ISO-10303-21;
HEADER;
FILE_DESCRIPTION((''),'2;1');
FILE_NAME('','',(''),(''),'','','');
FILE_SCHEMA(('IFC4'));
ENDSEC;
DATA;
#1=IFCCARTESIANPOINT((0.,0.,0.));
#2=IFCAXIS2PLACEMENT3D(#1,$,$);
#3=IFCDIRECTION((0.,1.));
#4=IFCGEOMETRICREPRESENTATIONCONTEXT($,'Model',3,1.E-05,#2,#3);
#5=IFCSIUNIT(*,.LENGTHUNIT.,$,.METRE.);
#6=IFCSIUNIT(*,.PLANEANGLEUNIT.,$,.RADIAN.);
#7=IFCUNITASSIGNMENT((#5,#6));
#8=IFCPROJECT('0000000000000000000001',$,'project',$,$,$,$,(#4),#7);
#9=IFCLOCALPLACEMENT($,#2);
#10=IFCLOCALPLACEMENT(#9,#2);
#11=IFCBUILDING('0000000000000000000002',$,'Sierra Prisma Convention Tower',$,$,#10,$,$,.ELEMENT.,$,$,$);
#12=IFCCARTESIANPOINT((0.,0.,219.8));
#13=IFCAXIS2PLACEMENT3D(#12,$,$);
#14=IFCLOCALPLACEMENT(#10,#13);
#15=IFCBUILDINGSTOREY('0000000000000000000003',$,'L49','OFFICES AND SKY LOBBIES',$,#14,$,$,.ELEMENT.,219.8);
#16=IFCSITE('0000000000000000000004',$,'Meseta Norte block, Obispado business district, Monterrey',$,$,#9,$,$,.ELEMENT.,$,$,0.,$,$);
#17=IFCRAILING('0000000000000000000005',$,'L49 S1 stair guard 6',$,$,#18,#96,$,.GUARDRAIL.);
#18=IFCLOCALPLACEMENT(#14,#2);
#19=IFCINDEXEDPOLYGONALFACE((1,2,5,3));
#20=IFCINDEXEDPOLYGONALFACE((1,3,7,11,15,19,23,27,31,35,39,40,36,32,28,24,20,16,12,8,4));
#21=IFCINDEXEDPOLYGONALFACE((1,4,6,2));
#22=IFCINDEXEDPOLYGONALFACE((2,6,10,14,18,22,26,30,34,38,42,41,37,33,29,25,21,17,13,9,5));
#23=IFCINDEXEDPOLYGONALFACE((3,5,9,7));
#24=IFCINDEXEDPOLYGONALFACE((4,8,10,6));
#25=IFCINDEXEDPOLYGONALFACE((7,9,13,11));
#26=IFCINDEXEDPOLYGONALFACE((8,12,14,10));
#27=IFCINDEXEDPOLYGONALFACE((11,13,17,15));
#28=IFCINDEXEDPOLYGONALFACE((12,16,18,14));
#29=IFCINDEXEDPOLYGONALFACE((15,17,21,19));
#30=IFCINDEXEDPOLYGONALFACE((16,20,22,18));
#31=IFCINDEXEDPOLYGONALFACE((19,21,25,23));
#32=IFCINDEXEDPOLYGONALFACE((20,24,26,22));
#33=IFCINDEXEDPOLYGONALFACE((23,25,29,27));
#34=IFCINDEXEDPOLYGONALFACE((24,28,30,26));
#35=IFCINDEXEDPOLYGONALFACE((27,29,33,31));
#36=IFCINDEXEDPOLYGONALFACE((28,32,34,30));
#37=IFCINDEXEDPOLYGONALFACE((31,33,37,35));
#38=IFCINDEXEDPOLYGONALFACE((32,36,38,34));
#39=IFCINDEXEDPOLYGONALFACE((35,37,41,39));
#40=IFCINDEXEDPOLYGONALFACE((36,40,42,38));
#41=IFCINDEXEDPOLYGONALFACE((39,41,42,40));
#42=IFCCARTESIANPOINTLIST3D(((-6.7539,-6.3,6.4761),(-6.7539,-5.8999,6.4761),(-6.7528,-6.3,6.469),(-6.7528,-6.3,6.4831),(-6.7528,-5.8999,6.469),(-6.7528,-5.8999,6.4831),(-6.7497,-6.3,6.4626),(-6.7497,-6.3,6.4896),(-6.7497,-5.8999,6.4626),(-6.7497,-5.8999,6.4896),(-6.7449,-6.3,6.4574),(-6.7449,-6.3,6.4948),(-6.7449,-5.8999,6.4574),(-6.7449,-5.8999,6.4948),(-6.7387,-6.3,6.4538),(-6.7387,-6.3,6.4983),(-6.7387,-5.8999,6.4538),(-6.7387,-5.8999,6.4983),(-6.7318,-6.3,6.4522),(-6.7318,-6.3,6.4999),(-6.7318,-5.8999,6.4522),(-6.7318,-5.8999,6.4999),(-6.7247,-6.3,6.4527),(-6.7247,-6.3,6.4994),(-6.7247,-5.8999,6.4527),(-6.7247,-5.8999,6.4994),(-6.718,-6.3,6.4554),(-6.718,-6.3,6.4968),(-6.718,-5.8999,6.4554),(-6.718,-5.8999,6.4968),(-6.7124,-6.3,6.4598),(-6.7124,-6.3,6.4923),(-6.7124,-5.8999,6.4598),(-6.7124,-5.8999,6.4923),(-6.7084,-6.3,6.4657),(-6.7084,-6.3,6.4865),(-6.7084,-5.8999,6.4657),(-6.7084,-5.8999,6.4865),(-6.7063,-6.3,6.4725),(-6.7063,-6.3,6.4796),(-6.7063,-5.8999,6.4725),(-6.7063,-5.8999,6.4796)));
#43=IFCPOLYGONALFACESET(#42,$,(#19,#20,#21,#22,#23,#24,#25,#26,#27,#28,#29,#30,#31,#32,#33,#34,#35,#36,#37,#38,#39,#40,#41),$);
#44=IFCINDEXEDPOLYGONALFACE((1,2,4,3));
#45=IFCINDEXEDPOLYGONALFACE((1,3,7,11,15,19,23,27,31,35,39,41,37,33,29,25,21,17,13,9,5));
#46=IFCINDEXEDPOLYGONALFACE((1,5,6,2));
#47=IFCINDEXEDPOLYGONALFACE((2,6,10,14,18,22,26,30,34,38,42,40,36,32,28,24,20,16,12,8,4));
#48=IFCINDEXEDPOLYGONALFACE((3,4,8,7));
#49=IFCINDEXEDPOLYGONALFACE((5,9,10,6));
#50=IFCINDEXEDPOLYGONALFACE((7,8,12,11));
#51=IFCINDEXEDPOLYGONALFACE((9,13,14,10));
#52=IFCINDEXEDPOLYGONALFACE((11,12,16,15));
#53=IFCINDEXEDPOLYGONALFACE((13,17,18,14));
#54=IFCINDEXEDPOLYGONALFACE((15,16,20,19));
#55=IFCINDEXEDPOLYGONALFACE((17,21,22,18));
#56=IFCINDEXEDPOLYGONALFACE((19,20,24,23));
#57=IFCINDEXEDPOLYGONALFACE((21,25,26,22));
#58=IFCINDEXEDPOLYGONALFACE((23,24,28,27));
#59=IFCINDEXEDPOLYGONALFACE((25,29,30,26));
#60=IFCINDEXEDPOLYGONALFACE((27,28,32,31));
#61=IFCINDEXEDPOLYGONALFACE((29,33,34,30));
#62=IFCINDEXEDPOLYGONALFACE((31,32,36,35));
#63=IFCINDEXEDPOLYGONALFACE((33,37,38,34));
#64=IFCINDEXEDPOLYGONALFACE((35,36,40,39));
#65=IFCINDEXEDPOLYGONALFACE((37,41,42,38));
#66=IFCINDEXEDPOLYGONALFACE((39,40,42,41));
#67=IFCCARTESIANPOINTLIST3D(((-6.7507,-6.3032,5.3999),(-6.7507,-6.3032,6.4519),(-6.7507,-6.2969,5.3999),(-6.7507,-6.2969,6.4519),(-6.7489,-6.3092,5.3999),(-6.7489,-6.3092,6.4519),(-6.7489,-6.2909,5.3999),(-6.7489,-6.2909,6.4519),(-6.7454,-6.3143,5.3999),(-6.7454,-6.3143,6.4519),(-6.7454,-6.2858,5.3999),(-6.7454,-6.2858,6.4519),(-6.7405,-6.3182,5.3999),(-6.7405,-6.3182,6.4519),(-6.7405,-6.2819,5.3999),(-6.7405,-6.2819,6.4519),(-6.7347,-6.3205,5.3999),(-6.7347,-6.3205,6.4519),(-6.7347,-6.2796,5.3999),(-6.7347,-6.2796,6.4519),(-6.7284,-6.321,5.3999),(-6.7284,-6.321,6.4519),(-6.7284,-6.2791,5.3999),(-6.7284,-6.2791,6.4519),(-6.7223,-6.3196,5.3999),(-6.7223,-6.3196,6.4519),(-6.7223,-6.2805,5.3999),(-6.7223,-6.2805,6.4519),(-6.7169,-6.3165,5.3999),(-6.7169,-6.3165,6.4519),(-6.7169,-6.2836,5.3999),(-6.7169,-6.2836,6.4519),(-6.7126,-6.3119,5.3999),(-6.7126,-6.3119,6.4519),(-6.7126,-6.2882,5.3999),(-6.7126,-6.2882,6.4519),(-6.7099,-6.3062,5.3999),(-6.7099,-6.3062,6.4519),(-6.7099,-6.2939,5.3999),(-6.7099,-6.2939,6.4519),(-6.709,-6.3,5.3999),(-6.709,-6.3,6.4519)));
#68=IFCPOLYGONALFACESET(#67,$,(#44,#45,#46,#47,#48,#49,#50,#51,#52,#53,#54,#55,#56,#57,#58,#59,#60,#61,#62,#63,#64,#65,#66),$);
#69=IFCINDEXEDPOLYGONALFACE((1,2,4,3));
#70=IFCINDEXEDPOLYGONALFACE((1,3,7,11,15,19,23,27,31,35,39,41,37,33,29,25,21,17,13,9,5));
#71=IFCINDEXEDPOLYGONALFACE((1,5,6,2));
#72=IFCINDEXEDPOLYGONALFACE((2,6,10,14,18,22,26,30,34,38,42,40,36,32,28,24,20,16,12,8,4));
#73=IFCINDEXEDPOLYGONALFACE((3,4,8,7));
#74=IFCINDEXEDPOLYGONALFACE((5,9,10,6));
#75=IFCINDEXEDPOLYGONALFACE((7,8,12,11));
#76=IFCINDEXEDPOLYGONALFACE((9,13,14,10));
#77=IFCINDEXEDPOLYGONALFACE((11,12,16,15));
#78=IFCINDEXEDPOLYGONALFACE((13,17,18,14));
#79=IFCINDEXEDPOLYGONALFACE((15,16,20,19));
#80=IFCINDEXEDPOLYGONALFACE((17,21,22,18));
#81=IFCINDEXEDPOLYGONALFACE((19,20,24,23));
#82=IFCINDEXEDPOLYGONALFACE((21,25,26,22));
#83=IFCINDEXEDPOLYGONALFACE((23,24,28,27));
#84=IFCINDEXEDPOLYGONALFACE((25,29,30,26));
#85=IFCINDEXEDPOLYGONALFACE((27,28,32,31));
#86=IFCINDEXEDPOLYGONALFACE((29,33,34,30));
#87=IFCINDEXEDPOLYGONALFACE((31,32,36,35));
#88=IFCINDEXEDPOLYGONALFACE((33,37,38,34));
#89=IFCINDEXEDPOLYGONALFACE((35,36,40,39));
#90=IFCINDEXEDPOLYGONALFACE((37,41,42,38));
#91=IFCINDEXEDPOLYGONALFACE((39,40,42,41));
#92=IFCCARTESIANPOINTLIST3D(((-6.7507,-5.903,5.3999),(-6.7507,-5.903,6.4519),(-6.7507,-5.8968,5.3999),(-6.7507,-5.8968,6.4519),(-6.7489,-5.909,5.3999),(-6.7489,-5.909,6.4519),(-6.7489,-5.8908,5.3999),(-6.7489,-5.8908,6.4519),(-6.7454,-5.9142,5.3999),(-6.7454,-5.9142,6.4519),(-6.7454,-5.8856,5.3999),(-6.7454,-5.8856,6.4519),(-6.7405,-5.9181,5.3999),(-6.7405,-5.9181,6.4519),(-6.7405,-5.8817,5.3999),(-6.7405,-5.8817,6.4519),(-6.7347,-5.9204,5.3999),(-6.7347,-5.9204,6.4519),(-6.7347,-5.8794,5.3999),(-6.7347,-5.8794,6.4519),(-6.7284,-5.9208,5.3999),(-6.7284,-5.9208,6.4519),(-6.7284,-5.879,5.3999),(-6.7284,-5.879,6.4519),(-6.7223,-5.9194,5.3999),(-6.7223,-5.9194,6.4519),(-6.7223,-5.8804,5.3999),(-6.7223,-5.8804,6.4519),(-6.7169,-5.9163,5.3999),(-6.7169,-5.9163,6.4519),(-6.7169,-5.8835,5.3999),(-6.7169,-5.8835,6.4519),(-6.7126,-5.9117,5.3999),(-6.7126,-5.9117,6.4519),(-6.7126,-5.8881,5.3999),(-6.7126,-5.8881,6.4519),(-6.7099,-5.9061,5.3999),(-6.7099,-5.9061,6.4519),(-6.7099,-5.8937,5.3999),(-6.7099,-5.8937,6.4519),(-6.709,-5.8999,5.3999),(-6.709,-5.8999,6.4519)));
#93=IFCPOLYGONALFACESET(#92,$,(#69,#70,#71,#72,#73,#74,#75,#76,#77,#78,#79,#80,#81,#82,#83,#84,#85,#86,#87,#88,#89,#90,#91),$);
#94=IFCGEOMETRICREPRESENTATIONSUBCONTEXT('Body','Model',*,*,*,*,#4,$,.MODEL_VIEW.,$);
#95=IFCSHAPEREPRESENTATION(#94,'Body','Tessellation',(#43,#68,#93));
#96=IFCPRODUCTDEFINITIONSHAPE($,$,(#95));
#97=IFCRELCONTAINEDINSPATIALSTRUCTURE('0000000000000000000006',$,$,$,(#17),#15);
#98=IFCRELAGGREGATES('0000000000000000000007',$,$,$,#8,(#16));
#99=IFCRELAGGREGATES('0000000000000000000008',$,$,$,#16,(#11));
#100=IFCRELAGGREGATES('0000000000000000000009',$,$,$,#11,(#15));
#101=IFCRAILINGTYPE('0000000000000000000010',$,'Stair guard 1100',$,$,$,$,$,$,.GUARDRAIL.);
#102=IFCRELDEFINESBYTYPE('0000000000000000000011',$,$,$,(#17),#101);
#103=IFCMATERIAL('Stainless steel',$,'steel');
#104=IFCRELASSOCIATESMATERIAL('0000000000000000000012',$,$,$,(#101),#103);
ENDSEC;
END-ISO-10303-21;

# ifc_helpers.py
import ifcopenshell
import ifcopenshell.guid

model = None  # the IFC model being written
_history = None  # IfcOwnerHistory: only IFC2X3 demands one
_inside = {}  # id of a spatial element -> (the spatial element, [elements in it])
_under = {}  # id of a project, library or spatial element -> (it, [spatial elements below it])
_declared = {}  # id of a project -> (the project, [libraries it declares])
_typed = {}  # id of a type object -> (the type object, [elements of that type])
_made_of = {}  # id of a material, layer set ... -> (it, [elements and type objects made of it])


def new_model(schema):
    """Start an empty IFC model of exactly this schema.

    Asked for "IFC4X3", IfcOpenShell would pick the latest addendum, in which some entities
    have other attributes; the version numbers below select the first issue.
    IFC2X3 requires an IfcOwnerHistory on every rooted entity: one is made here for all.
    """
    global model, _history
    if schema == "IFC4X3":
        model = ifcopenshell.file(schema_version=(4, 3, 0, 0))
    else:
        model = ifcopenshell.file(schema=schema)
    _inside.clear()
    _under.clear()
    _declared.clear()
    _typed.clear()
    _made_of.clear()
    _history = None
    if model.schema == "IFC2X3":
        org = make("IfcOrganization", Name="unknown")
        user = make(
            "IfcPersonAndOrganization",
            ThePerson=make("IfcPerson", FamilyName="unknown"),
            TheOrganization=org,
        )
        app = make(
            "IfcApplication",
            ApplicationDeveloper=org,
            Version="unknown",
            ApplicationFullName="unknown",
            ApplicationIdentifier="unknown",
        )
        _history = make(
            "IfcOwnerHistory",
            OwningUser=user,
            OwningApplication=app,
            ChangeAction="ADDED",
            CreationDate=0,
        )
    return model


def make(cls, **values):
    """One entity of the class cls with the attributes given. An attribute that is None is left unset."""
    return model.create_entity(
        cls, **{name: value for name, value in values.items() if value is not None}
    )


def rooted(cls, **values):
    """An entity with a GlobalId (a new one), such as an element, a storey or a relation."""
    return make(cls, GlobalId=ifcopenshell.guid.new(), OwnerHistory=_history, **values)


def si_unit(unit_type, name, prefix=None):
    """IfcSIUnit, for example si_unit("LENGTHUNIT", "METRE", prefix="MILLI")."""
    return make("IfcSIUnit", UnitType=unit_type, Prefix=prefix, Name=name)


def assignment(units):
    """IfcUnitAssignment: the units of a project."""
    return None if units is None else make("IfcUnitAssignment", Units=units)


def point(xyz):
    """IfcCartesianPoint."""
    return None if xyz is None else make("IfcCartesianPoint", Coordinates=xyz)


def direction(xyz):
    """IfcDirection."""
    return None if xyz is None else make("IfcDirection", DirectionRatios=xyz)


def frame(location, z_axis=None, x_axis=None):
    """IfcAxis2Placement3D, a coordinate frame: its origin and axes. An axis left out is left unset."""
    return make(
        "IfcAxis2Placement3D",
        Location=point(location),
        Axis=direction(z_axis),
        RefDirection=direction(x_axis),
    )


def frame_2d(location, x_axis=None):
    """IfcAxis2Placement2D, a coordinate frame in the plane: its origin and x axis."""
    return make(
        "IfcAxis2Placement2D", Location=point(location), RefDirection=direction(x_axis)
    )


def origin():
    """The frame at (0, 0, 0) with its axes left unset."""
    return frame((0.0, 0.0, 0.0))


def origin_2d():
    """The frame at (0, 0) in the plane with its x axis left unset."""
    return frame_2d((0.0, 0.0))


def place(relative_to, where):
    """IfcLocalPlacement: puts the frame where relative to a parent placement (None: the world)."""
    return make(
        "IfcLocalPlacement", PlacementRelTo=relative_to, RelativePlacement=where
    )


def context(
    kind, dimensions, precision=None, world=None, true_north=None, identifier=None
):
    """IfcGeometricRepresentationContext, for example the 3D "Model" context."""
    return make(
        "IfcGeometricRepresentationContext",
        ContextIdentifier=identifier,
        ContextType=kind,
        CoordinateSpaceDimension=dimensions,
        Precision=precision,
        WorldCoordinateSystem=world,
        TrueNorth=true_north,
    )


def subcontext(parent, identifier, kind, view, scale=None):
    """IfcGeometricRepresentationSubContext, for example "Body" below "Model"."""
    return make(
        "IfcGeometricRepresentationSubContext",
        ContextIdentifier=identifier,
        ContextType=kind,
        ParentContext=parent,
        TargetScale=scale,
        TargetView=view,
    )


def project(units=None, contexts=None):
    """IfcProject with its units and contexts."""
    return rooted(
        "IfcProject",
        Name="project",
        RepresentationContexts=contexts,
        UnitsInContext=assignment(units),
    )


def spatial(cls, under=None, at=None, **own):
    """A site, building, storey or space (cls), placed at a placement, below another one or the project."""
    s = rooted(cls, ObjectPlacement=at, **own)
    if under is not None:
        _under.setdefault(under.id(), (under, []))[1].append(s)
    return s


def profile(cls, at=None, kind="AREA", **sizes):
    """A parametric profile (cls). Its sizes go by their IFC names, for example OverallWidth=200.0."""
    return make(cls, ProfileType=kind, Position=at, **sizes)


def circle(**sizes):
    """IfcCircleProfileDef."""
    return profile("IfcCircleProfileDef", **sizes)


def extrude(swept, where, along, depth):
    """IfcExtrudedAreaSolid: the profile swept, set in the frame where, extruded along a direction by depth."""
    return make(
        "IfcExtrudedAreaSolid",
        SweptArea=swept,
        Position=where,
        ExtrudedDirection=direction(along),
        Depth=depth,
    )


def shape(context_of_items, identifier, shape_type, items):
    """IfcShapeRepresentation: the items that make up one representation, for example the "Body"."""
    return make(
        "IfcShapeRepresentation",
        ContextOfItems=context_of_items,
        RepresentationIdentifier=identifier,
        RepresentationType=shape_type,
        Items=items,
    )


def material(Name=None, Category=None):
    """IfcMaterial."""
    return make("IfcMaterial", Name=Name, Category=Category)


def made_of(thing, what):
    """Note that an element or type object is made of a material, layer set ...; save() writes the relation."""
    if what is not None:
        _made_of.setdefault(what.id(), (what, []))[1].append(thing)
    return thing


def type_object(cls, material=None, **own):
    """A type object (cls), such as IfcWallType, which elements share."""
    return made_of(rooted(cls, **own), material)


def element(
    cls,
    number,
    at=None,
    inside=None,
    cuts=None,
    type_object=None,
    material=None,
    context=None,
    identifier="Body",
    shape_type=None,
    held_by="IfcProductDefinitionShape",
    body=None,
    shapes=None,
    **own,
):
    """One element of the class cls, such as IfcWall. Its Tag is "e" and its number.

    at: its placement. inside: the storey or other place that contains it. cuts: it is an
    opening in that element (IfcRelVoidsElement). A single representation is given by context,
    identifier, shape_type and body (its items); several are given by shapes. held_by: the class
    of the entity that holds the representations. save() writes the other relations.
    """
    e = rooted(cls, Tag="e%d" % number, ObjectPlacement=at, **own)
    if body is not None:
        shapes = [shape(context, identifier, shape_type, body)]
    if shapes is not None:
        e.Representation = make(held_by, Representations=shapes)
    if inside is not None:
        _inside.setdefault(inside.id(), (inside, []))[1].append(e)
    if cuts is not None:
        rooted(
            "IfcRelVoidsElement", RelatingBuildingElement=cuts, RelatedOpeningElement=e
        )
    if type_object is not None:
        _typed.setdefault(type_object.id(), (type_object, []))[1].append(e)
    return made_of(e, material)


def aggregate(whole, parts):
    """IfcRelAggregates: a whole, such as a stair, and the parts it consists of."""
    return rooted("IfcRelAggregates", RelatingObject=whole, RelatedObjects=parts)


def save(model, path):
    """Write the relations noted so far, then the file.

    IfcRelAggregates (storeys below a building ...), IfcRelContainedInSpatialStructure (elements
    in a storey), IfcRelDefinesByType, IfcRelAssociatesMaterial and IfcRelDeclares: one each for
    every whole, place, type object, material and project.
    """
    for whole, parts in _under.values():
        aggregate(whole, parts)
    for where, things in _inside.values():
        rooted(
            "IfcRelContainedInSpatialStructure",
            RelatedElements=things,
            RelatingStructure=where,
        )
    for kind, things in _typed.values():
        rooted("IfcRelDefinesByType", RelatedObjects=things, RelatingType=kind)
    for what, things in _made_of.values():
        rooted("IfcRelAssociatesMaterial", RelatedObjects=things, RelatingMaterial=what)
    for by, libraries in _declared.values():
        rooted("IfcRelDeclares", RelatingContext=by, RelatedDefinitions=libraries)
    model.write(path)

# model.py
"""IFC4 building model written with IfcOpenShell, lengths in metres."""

from ifc_helpers import new_model, si_unit, direction, frame, origin, origin_2d, place, context, subcontext, project, spatial, circle, extrude, material, type_object, element, save


model = new_model("IFC4")

# Units and contexts
model_context = context("Model", 3, precision=1e-05, world=origin(), true_north=direction((0.0, 1.0)))
body_context = subcontext(model_context, "Body", "Model", "MODEL_VIEW")
ifc_project = project(units=[si_unit("LENGTHUNIT", "METRE"), si_unit("PLANEANGLEUNIT", "RADIAN")], contexts=[model_context])

# Site, building, storey
site_placement = place(None, origin())
site = spatial("IfcSite", under=ifc_project, at=site_placement, Name="Meseta Norte block, Obispado business district, Monterrey", CompositionType="ELEMENT", RefElevation=0.0)
building_placement = place(site_placement, origin())
building = spatial("IfcBuilding", under=site, at=building_placement, Name="Sierra Prisma Convention Tower", CompositionType="ELEMENT")
storey_placement = place(building_placement, frame((0.0, 0.0, 219.8)))
storey = spatial("IfcBuildingStorey", under=building, at=storey_placement, Name="L49", Description="OFFICES AND SKY LOBBIES", CompositionType="ELEMENT", Elevation=219.8)

# Railing
ifc_material_1 = material(Name="Stainless steel", Category="steel")
railing_type_1 = type_object("IfcRailingType", Name="Stair guard 1100", PredefinedType="GUARDRAIL", material=ifc_material_1)
railing_1_placement = place(storey_placement, frame((-6.73, -6.3, 5.3999)))
element("IfcRailing", 1, at=railing_1_placement, inside=storey, type_object=railing_type_1, Name="L49 S1 stair guard 6", PredefinedType="GUARDRAIL", context=body_context, shape_type="SweptSolid", body=[
    extrude(circle(Radius=0.0239, at=origin_2d()), frame((0.0, 0.0, 1.0762), z_axis=(0.0, 1.0, 0.0), x_axis=(-1.0, 0.0, 0.0)), (0.0, 0.0, 1.0), 0.4001),
    extrude(circle(Radius=0.021, at=origin_2d()), origin(), (0.0, 0.0, 1.0), 1.052),
    extrude(circle(Radius=0.021, at=origin_2d()), frame((0.0, 0.4001, 0.0)), (0.0, 0.0, 1.0), 1.052),
])

save(model, "model.ifc")
